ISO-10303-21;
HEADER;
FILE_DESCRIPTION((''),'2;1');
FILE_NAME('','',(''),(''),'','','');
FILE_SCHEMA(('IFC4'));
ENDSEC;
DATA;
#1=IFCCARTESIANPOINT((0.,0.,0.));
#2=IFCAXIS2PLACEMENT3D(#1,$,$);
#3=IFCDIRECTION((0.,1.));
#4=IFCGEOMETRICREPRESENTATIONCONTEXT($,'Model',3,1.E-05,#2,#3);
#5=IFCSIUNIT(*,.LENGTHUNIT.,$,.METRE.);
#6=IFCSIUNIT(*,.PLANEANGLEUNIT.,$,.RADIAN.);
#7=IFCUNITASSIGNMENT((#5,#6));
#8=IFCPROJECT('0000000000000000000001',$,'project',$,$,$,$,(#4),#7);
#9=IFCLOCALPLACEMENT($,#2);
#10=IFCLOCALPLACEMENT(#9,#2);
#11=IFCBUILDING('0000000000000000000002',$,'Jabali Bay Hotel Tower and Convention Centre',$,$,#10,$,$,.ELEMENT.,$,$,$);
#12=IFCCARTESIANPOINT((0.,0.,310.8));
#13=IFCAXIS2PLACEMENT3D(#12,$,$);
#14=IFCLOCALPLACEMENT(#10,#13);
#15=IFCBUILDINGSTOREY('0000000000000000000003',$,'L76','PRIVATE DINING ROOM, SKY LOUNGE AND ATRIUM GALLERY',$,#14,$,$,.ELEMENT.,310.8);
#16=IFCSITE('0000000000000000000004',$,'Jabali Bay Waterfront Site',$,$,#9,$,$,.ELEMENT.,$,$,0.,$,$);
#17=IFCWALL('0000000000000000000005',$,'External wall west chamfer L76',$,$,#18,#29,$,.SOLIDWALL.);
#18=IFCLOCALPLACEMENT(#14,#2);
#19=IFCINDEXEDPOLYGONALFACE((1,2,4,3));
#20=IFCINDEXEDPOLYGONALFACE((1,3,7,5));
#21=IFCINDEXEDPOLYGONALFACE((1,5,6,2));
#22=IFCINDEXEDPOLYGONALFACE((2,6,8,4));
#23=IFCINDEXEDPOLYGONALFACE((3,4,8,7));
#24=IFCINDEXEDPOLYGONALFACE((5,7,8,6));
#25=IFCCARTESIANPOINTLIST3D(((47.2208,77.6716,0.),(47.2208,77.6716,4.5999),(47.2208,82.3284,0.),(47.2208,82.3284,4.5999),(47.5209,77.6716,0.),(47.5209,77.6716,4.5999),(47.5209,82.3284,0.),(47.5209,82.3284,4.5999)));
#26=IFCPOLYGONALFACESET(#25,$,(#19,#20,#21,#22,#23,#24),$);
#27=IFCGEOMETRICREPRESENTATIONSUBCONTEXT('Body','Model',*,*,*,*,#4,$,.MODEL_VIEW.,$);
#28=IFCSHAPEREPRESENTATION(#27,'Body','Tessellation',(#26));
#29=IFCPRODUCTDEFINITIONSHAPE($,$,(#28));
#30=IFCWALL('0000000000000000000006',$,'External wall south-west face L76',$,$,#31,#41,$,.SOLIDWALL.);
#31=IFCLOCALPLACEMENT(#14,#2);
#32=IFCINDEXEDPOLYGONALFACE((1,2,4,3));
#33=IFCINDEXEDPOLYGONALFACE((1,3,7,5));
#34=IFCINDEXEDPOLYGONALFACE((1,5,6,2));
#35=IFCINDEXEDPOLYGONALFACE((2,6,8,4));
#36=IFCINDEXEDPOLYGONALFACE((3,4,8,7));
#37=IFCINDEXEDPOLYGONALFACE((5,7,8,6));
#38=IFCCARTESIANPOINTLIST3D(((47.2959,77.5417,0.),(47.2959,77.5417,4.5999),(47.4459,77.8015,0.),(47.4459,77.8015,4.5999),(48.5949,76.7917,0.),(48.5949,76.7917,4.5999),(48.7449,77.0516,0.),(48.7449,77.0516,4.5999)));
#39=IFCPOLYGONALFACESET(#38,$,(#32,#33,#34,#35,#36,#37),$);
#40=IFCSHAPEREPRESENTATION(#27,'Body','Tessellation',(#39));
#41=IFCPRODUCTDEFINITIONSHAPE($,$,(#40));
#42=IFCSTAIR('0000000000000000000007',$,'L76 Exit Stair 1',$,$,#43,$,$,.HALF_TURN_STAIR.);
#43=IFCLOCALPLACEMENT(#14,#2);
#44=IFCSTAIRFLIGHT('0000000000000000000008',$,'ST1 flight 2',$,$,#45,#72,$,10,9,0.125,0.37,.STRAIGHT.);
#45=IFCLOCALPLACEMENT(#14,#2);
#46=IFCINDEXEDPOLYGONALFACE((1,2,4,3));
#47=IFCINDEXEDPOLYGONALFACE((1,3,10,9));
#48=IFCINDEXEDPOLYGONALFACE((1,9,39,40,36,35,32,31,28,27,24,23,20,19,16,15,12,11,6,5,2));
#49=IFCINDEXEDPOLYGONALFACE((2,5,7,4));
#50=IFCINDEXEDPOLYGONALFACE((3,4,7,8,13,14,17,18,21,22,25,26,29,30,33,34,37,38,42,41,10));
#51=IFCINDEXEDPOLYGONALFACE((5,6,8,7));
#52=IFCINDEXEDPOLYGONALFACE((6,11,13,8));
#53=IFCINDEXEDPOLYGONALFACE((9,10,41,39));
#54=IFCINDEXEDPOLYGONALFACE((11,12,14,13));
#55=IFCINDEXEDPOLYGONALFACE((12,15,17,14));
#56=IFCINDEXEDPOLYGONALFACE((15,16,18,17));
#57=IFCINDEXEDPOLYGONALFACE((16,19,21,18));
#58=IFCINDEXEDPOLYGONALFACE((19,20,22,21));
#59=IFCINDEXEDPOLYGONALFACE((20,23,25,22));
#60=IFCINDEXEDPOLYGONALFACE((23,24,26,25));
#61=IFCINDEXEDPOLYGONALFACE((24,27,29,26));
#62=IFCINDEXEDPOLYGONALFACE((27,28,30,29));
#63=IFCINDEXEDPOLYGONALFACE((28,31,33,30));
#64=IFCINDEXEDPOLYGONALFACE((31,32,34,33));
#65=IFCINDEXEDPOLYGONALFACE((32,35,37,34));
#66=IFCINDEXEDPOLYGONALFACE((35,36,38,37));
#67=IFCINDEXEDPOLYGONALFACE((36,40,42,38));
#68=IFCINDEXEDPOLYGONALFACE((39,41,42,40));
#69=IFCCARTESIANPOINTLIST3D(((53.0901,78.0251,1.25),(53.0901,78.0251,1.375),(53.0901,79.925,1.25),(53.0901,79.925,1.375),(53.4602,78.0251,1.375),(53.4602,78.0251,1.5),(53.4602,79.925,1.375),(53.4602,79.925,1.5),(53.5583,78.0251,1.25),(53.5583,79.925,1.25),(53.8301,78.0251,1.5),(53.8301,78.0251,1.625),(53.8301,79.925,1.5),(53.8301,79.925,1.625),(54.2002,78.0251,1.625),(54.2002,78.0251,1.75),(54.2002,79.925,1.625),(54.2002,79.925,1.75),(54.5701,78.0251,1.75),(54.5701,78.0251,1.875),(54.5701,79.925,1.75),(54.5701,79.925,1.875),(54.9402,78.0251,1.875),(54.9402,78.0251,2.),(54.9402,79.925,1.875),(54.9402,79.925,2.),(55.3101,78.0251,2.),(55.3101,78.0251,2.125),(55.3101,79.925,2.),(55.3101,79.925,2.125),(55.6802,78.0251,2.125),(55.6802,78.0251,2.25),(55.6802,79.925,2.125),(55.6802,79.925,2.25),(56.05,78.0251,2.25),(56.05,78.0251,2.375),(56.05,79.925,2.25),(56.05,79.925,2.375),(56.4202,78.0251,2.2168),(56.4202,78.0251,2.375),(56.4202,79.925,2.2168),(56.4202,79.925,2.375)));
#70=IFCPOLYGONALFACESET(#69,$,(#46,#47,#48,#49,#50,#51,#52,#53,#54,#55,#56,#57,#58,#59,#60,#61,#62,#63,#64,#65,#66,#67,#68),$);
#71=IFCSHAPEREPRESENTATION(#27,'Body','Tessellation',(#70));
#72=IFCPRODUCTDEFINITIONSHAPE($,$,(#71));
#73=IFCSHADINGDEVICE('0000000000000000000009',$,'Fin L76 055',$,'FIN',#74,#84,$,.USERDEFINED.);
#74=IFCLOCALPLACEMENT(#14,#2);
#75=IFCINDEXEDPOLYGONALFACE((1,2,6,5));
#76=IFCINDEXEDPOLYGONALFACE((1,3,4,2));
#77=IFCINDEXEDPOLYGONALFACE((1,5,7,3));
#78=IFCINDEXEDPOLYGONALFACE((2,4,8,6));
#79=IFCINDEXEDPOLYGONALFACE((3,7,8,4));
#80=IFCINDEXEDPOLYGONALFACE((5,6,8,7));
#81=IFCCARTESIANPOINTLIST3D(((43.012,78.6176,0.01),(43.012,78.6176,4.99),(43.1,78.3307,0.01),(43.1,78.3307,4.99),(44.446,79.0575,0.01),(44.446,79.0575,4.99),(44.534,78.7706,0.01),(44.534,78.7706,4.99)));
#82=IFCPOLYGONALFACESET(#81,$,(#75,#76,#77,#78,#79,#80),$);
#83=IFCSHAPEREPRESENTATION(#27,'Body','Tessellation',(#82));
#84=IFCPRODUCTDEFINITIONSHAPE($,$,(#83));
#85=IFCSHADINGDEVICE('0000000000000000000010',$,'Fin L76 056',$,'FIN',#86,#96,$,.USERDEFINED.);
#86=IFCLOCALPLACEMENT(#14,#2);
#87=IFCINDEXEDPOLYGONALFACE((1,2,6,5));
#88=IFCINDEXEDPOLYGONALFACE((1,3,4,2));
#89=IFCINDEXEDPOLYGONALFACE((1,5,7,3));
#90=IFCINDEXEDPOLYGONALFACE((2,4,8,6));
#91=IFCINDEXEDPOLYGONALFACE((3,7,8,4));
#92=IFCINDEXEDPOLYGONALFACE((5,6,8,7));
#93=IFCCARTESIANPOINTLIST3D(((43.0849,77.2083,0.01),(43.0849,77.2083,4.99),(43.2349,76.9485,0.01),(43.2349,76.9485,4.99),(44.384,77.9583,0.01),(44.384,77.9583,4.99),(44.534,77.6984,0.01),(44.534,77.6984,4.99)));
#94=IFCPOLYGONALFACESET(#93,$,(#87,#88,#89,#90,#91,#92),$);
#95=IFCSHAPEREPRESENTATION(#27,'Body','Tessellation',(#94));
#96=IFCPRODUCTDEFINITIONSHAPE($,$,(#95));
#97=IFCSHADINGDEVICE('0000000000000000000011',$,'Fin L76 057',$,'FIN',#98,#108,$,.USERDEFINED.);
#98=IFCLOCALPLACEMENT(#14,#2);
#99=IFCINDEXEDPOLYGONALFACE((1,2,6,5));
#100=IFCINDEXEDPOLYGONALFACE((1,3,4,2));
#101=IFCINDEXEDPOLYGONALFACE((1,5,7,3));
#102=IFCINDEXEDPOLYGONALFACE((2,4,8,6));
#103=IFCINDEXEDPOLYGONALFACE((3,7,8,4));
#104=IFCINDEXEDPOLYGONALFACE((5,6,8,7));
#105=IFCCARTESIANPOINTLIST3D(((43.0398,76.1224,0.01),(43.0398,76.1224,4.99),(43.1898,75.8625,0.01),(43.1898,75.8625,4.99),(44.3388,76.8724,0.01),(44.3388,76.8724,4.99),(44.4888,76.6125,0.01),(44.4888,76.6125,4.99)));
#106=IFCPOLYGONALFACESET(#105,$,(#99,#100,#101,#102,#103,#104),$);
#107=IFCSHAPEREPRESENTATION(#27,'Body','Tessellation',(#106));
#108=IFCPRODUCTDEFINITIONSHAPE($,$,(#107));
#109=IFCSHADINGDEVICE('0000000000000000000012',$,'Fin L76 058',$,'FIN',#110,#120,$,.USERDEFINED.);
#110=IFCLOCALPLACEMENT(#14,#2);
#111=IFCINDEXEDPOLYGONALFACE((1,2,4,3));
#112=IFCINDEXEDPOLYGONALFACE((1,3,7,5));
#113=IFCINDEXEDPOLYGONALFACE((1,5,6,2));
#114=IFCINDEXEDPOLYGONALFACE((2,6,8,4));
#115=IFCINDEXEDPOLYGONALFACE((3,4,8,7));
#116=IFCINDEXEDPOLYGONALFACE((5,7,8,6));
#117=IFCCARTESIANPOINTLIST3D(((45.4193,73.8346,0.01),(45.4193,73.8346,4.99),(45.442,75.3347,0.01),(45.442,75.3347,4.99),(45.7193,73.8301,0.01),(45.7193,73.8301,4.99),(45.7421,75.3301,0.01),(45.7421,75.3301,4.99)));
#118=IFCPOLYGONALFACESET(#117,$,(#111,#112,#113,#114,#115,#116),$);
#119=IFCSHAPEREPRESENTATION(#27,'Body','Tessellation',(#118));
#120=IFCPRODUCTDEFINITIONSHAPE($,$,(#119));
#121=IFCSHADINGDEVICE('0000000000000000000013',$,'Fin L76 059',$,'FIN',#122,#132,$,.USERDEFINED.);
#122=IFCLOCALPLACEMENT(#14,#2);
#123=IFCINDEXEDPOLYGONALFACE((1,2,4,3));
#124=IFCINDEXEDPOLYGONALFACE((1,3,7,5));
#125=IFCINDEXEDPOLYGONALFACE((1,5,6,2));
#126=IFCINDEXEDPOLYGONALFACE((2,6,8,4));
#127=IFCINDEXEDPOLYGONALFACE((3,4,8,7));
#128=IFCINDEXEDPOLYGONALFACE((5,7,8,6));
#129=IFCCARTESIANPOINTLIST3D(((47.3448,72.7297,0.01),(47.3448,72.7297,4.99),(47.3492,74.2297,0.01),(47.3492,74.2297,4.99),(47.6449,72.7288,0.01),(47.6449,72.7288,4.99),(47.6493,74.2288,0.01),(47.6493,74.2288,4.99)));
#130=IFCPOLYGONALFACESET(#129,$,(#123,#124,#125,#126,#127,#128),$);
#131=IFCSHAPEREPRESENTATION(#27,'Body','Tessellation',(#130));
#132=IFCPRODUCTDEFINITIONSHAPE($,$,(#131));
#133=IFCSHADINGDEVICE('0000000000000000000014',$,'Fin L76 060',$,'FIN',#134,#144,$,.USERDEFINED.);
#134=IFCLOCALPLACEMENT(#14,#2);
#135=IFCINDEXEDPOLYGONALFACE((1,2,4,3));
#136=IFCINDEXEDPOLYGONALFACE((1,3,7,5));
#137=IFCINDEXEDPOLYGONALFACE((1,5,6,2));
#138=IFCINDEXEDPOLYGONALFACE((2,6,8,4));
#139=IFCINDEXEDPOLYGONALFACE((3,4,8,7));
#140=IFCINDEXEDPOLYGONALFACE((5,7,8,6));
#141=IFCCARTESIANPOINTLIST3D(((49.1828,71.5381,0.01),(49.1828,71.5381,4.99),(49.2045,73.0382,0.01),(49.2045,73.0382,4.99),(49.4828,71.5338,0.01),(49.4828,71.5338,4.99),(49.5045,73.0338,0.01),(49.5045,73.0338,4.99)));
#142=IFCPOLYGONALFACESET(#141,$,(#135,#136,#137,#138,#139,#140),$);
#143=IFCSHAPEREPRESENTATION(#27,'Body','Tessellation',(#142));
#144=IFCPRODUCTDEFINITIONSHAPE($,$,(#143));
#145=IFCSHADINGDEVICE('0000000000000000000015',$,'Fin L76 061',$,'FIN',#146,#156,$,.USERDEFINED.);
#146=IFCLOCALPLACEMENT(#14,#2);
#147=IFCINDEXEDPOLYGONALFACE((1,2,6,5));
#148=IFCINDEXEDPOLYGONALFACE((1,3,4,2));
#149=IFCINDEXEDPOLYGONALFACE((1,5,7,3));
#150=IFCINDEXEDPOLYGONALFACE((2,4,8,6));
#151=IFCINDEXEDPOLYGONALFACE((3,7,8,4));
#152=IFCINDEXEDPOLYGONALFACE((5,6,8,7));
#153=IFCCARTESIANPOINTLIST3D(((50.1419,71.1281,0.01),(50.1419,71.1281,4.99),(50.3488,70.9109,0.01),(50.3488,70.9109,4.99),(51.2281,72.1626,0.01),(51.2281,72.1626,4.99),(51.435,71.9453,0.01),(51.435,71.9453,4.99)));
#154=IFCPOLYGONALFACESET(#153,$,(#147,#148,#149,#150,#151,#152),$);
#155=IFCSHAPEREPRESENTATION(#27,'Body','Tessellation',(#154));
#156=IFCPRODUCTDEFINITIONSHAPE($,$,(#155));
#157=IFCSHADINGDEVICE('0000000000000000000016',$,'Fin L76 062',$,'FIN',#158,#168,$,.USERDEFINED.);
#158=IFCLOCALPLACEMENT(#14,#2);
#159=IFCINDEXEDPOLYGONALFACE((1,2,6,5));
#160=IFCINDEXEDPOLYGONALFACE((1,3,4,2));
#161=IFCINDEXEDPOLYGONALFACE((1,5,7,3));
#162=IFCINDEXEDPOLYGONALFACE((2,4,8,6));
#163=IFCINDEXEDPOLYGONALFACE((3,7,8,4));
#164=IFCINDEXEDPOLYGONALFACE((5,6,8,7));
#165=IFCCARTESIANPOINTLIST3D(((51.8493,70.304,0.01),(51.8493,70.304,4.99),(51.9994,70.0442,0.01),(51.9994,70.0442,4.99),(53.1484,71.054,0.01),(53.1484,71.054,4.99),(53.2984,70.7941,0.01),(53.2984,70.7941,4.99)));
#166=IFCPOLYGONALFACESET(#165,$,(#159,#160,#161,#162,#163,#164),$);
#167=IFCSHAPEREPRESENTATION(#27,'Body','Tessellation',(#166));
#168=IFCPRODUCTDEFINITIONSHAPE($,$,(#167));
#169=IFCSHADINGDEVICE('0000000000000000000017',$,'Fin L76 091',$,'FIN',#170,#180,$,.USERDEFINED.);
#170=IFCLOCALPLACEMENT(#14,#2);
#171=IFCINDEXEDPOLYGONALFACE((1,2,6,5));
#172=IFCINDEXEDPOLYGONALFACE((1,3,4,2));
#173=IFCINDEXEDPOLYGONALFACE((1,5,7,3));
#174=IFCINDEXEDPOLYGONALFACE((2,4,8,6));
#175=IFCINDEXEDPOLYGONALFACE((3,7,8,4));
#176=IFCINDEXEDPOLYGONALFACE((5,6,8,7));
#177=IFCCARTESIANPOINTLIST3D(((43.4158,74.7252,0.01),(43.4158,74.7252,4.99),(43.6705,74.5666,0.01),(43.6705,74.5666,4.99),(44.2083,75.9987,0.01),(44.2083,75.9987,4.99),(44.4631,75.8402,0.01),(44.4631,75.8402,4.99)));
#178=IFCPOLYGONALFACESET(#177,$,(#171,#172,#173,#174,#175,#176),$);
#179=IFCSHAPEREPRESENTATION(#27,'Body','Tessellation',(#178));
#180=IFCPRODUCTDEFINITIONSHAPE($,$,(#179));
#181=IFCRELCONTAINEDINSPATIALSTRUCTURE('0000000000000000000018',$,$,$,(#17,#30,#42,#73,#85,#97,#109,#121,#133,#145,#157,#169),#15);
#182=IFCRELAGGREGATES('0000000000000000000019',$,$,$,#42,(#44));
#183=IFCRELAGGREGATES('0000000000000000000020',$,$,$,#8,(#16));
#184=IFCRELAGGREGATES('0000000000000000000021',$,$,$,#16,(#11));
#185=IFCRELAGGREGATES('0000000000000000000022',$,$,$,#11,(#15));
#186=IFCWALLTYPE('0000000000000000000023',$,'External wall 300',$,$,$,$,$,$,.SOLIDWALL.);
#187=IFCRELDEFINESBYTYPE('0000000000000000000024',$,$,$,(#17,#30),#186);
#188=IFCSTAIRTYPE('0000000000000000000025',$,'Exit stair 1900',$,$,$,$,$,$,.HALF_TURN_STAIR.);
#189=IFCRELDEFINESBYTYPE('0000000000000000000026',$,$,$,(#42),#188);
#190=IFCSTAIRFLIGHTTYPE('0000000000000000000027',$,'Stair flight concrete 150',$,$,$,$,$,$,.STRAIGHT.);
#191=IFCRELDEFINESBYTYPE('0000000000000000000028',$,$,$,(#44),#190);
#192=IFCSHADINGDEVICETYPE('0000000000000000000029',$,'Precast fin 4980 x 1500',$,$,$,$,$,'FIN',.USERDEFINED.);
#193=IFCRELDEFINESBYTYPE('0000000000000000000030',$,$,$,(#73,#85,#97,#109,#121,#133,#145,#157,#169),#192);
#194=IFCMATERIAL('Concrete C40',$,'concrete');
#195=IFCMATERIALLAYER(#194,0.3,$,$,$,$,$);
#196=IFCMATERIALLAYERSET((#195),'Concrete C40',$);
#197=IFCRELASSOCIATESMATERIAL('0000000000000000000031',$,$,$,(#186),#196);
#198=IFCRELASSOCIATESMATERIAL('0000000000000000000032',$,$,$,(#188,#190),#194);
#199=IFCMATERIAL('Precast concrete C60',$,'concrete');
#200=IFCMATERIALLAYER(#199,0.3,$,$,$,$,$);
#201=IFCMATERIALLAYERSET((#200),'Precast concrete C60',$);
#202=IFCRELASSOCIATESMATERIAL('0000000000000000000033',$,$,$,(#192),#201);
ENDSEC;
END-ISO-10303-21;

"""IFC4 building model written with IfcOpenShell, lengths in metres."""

from ifc_helpers import new_model, si_unit, direction, frame, frame_2d, origin, place, context, subcontext, project, spatial, polyline, rectangle, outline, extrude, material, layer, layer_set, type_object, element, aggregate, save


model = new_model("IFC4")

# Units and contexts
model_context = context("Model", 3, precision=1e-05, world=origin(), true_north=direction((0.0, 1.0)))
body_context = subcontext(model_context, "Body", "Model", "MODEL_VIEW")
ifc_project = project(units=[si_unit("LENGTHUNIT", "METRE"), si_unit("PLANEANGLEUNIT", "RADIAN")], contexts=[model_context])

# Site, building, storey
site_placement = place(None, origin())
site = spatial("IfcSite", under=ifc_project, at=site_placement, Name="Jabali Bay Waterfront Site", CompositionType="ELEMENT", RefElevation=0.0)
building_placement = place(site_placement, origin())
building = spatial("IfcBuilding", under=site, at=building_placement, Name="Jabali Bay Hotel Tower and Convention Centre", CompositionType="ELEMENT")
storey_placement = place(building_placement, frame((0.0, 0.0, 310.8)))
storey = spatial("IfcBuildingStorey", under=building, at=storey_placement, Name="L76", Description="PRIVATE DINING ROOM, SKY LOUNGE AND ATRIUM GALLERY", CompositionType="ELEMENT", Elevation=310.8)

# Walls
ifc_material_1 = material(Name="Concrete C40", Category="concrete")
ifc_layer_1 = layer(ifc_material_1, 0.3)
ifc_layer_set_1 = layer_set([ifc_layer_1], Name="Concrete C40")
wall_type_1 = type_object("IfcWallType", Name="External wall 300", PredefinedType="SOLIDWALL", material=ifc_layer_set_1)
wall_1_placement = place(storey_placement, frame((47.3708, 77.6716, 0.0), z_axis=(0.0, 0.0, 1.0), x_axis=(0.0, 1.0, 0.0)))
element("IfcWall", 1, at=wall_1_placement, inside=storey, type_object=wall_type_1, Name="External wall west chamfer L76", PredefinedType="SOLIDWALL", context=body_context, shape_type="SweptSolid", body=[
    extrude(rectangle(XDim=4.6567, YDim=0.3, at=frame_2d((2.3284, 0.0))), origin(), (0.0, 0.0, 1.0), 4.5999),
])
wall_2_placement = place(storey_placement, frame((48.6699, 76.9216, 0.0), z_axis=(0.0, 0.0, 1.0), x_axis=(-0.866031, 0.49999, 0.0)))
element("IfcWall", 2, at=wall_2_placement, inside=storey, type_object=wall_type_1, Name="External wall south-west face L76", PredefinedType="SOLIDWALL", context=body_context, shape_type="SweptSolid", body=[
    extrude(rectangle(XDim=1.5, YDim=0.3, at=frame_2d((0.75, 0.0))), origin(), (0.0, 0.0, 1.0), 4.5999),
])

# Stair, stair flight
stair_type = type_object("IfcStairType", Name="Exit stair 1900", PredefinedType="HALF_TURN_STAIR", material=ifc_material_1)
stair_placement = place(storey_placement, origin())
stair = element("IfcStair", 3, at=stair_placement, inside=storey, type_object=stair_type, Name="L76 Exit Stair 1", PredefinedType="HALF_TURN_STAIR")
stair_flight_type = type_object("IfcStairFlightType", Name="Stair flight concrete 150", PredefinedType="STRAIGHT", material=ifc_material_1)
stair_flight_placement = place(storey_placement, frame((53.0901, 78.9751, 1.25), z_axis=(0.0, 0.0, 1.0), x_axis=(1.0, 0.0, 0.0)))
stair_flight = element("IfcStairFlight", 4, at=stair_flight_placement, type_object=stair_flight_type, Name="ST1 flight 2", NumberOfRisers=10, NumberOfTreads=9, PredefinedType="STRAIGHT", RiserHeight=0.125, TreadLength=0.37, context=body_context, shape_type="SweptSolid", body=[
    extrude(outline(polyline([(0.0, 0.0), (0.0, 0.125), (0.3701, 0.125), (0.3701, 0.25), (0.74, 0.25), (0.74, 0.375), (1.1101, 0.375), (1.1101, 0.5), (1.48, 0.5), (1.48, 0.625), (1.8501, 0.625), (1.8501, 0.75), (2.22, 0.75), (2.22, 0.875), (2.5901, 0.875), (2.5901, 1.0), (2.96, 1.0), (2.96, 1.125), (3.3301, 1.125), (3.3301, 1.25), (3.3301, 0.9668), (0.4683, 0.0), (0.0, 0.0)])), frame((0.0, 0.95, 0.0), z_axis=(0.0, -1.0, 0.0), x_axis=(1.0, 0.0, 0.0)), (0.0, 0.0, 1.0), 1.8999),
])
aggregate(stair, [stair_flight])

# Shading devices
ifc_material_2 = material(Name="Precast concrete C60", Category="concrete")
ifc_layer_2 = layer(ifc_material_2, 0.3)
ifc_layer_set_2 = layer_set([ifc_layer_2], Name="Precast concrete C60")
shading_device_type = type_object("IfcShadingDeviceType", Name="Precast fin 4980 x 1500", ElementType="FIN", PredefinedType="USERDEFINED", material=ifc_layer_set_2)
for number, where, z_axis, x_axis, name in (
    (5, (44.49, 78.9141, 0.01), (0.0, 0.0, 1.0), (-0.956025, -0.293285, 0.0), "Fin L76 055"),
    (6, (44.459, 77.8284, 0.01), (0.0, 0.0, 1.0), (-0.866031, -0.49999, 0.0), "Fin L76 056"),
    (7, (44.4138, 76.7424, 0.01), (0.0, 0.0, 1.0), (-0.866031, -0.49999, 0.0), "Fin L76 057"),
):
    element("IfcShadingDevice", number, at=place(storey_placement, frame(where, z_axis=z_axis, x_axis=x_axis)), inside=storey, type_object=shading_device_type, Name=name, ObjectType="FIN", PredefinedType="USERDEFINED", context=body_context, shape_type="SweptSolid", body=[
        extrude(rectangle(XDim=1.5, YDim=0.3, at=frame_2d((0.75, 0.0))), origin(), (0.0, 0.0, 1.0), 4.98),
    ])
shading_device_1_placement = place(storey_placement, frame((45.592, 75.3323, 0.01), z_axis=(0.0, 0.0, 1.0), x_axis=(-0.015135, -0.999885, 0.0)))
element("IfcShadingDevice", 8, at=shading_device_1_placement, inside=storey, type_object=shading_device_type, Name="Fin L76 058", ObjectType="FIN", PredefinedType="USERDEFINED", context=body_context, shape_type="SweptSolid", body=[
    extrude(rectangle(XDim=1.5002, YDim=0.3, at=frame_2d((0.75, 0.0))), origin(), (0.0, 0.0, 1.0), 4.98),
])
shading_device_2_placement = place(storey_placement, frame((47.4993, 74.2292, 0.01), z_axis=(0.0, 0.0, 1.0), x_axis=(-0.00293, -0.999996, 0.0)))
element("IfcShadingDevice", 9, at=shading_device_2_placement, inside=storey, type_object=shading_device_type, Name="Fin L76 059", ObjectType="FIN", PredefinedType="USERDEFINED", context=body_context, shape_type="SweptSolid", body=[
    extrude(rectangle(XDim=1.5, YDim=0.3, at=frame_2d((0.75, 0.0))), origin(), (0.0, 0.0, 1.0), 4.98),
])
shading_device_3_placement = place(storey_placement, frame((49.3545, 73.0359, 0.01), z_axis=(0.0, 0.0, 1.0), x_axis=(-0.014484, -0.999895, 0.0)))
element("IfcShadingDevice", 10, at=shading_device_3_placement, inside=storey, type_object=shading_device_type, Name="Fin L76 060", ObjectType="FIN", PredefinedType="USERDEFINED", context=body_context, shape_type="SweptSolid", body=[
    extrude(rectangle(XDim=1.5002, YDim=0.3, at=frame_2d((0.75, 0.0))), origin(), (0.0, 0.0, 1.0), 4.98),
])
for number, where, z_axis, x_axis, name in (
    (11, (51.3315, 72.054, 0.01), (0.0, 0.0, 1.0), (-0.72415, -0.689643, 0.0), "Fin L76 061"),
    (12, (53.2234, 70.9241, 0.01), (0.0, 0.0, 1.0), (-0.866031, -0.49999, 0.0), "Fin L76 062"),
    (13, (44.3357, 75.9194, 0.01), (0.0, 0.0, 1.0), (-0.528359, -0.849021, 0.0), "Fin L76 091"),
):
    element("IfcShadingDevice", number, at=place(storey_placement, frame(where, z_axis=z_axis, x_axis=x_axis)), inside=storey, type_object=shading_device_type, Name=name, ObjectType="FIN", PredefinedType="USERDEFINED", context=body_context, shape_type="SweptSolid", body=[
        extrude(rectangle(XDim=1.5, YDim=0.3, at=frame_2d((0.75, 0.0))), origin(), (0.0, 0.0, 1.0), 4.98),
    ])

save(model, "model.ifc")
